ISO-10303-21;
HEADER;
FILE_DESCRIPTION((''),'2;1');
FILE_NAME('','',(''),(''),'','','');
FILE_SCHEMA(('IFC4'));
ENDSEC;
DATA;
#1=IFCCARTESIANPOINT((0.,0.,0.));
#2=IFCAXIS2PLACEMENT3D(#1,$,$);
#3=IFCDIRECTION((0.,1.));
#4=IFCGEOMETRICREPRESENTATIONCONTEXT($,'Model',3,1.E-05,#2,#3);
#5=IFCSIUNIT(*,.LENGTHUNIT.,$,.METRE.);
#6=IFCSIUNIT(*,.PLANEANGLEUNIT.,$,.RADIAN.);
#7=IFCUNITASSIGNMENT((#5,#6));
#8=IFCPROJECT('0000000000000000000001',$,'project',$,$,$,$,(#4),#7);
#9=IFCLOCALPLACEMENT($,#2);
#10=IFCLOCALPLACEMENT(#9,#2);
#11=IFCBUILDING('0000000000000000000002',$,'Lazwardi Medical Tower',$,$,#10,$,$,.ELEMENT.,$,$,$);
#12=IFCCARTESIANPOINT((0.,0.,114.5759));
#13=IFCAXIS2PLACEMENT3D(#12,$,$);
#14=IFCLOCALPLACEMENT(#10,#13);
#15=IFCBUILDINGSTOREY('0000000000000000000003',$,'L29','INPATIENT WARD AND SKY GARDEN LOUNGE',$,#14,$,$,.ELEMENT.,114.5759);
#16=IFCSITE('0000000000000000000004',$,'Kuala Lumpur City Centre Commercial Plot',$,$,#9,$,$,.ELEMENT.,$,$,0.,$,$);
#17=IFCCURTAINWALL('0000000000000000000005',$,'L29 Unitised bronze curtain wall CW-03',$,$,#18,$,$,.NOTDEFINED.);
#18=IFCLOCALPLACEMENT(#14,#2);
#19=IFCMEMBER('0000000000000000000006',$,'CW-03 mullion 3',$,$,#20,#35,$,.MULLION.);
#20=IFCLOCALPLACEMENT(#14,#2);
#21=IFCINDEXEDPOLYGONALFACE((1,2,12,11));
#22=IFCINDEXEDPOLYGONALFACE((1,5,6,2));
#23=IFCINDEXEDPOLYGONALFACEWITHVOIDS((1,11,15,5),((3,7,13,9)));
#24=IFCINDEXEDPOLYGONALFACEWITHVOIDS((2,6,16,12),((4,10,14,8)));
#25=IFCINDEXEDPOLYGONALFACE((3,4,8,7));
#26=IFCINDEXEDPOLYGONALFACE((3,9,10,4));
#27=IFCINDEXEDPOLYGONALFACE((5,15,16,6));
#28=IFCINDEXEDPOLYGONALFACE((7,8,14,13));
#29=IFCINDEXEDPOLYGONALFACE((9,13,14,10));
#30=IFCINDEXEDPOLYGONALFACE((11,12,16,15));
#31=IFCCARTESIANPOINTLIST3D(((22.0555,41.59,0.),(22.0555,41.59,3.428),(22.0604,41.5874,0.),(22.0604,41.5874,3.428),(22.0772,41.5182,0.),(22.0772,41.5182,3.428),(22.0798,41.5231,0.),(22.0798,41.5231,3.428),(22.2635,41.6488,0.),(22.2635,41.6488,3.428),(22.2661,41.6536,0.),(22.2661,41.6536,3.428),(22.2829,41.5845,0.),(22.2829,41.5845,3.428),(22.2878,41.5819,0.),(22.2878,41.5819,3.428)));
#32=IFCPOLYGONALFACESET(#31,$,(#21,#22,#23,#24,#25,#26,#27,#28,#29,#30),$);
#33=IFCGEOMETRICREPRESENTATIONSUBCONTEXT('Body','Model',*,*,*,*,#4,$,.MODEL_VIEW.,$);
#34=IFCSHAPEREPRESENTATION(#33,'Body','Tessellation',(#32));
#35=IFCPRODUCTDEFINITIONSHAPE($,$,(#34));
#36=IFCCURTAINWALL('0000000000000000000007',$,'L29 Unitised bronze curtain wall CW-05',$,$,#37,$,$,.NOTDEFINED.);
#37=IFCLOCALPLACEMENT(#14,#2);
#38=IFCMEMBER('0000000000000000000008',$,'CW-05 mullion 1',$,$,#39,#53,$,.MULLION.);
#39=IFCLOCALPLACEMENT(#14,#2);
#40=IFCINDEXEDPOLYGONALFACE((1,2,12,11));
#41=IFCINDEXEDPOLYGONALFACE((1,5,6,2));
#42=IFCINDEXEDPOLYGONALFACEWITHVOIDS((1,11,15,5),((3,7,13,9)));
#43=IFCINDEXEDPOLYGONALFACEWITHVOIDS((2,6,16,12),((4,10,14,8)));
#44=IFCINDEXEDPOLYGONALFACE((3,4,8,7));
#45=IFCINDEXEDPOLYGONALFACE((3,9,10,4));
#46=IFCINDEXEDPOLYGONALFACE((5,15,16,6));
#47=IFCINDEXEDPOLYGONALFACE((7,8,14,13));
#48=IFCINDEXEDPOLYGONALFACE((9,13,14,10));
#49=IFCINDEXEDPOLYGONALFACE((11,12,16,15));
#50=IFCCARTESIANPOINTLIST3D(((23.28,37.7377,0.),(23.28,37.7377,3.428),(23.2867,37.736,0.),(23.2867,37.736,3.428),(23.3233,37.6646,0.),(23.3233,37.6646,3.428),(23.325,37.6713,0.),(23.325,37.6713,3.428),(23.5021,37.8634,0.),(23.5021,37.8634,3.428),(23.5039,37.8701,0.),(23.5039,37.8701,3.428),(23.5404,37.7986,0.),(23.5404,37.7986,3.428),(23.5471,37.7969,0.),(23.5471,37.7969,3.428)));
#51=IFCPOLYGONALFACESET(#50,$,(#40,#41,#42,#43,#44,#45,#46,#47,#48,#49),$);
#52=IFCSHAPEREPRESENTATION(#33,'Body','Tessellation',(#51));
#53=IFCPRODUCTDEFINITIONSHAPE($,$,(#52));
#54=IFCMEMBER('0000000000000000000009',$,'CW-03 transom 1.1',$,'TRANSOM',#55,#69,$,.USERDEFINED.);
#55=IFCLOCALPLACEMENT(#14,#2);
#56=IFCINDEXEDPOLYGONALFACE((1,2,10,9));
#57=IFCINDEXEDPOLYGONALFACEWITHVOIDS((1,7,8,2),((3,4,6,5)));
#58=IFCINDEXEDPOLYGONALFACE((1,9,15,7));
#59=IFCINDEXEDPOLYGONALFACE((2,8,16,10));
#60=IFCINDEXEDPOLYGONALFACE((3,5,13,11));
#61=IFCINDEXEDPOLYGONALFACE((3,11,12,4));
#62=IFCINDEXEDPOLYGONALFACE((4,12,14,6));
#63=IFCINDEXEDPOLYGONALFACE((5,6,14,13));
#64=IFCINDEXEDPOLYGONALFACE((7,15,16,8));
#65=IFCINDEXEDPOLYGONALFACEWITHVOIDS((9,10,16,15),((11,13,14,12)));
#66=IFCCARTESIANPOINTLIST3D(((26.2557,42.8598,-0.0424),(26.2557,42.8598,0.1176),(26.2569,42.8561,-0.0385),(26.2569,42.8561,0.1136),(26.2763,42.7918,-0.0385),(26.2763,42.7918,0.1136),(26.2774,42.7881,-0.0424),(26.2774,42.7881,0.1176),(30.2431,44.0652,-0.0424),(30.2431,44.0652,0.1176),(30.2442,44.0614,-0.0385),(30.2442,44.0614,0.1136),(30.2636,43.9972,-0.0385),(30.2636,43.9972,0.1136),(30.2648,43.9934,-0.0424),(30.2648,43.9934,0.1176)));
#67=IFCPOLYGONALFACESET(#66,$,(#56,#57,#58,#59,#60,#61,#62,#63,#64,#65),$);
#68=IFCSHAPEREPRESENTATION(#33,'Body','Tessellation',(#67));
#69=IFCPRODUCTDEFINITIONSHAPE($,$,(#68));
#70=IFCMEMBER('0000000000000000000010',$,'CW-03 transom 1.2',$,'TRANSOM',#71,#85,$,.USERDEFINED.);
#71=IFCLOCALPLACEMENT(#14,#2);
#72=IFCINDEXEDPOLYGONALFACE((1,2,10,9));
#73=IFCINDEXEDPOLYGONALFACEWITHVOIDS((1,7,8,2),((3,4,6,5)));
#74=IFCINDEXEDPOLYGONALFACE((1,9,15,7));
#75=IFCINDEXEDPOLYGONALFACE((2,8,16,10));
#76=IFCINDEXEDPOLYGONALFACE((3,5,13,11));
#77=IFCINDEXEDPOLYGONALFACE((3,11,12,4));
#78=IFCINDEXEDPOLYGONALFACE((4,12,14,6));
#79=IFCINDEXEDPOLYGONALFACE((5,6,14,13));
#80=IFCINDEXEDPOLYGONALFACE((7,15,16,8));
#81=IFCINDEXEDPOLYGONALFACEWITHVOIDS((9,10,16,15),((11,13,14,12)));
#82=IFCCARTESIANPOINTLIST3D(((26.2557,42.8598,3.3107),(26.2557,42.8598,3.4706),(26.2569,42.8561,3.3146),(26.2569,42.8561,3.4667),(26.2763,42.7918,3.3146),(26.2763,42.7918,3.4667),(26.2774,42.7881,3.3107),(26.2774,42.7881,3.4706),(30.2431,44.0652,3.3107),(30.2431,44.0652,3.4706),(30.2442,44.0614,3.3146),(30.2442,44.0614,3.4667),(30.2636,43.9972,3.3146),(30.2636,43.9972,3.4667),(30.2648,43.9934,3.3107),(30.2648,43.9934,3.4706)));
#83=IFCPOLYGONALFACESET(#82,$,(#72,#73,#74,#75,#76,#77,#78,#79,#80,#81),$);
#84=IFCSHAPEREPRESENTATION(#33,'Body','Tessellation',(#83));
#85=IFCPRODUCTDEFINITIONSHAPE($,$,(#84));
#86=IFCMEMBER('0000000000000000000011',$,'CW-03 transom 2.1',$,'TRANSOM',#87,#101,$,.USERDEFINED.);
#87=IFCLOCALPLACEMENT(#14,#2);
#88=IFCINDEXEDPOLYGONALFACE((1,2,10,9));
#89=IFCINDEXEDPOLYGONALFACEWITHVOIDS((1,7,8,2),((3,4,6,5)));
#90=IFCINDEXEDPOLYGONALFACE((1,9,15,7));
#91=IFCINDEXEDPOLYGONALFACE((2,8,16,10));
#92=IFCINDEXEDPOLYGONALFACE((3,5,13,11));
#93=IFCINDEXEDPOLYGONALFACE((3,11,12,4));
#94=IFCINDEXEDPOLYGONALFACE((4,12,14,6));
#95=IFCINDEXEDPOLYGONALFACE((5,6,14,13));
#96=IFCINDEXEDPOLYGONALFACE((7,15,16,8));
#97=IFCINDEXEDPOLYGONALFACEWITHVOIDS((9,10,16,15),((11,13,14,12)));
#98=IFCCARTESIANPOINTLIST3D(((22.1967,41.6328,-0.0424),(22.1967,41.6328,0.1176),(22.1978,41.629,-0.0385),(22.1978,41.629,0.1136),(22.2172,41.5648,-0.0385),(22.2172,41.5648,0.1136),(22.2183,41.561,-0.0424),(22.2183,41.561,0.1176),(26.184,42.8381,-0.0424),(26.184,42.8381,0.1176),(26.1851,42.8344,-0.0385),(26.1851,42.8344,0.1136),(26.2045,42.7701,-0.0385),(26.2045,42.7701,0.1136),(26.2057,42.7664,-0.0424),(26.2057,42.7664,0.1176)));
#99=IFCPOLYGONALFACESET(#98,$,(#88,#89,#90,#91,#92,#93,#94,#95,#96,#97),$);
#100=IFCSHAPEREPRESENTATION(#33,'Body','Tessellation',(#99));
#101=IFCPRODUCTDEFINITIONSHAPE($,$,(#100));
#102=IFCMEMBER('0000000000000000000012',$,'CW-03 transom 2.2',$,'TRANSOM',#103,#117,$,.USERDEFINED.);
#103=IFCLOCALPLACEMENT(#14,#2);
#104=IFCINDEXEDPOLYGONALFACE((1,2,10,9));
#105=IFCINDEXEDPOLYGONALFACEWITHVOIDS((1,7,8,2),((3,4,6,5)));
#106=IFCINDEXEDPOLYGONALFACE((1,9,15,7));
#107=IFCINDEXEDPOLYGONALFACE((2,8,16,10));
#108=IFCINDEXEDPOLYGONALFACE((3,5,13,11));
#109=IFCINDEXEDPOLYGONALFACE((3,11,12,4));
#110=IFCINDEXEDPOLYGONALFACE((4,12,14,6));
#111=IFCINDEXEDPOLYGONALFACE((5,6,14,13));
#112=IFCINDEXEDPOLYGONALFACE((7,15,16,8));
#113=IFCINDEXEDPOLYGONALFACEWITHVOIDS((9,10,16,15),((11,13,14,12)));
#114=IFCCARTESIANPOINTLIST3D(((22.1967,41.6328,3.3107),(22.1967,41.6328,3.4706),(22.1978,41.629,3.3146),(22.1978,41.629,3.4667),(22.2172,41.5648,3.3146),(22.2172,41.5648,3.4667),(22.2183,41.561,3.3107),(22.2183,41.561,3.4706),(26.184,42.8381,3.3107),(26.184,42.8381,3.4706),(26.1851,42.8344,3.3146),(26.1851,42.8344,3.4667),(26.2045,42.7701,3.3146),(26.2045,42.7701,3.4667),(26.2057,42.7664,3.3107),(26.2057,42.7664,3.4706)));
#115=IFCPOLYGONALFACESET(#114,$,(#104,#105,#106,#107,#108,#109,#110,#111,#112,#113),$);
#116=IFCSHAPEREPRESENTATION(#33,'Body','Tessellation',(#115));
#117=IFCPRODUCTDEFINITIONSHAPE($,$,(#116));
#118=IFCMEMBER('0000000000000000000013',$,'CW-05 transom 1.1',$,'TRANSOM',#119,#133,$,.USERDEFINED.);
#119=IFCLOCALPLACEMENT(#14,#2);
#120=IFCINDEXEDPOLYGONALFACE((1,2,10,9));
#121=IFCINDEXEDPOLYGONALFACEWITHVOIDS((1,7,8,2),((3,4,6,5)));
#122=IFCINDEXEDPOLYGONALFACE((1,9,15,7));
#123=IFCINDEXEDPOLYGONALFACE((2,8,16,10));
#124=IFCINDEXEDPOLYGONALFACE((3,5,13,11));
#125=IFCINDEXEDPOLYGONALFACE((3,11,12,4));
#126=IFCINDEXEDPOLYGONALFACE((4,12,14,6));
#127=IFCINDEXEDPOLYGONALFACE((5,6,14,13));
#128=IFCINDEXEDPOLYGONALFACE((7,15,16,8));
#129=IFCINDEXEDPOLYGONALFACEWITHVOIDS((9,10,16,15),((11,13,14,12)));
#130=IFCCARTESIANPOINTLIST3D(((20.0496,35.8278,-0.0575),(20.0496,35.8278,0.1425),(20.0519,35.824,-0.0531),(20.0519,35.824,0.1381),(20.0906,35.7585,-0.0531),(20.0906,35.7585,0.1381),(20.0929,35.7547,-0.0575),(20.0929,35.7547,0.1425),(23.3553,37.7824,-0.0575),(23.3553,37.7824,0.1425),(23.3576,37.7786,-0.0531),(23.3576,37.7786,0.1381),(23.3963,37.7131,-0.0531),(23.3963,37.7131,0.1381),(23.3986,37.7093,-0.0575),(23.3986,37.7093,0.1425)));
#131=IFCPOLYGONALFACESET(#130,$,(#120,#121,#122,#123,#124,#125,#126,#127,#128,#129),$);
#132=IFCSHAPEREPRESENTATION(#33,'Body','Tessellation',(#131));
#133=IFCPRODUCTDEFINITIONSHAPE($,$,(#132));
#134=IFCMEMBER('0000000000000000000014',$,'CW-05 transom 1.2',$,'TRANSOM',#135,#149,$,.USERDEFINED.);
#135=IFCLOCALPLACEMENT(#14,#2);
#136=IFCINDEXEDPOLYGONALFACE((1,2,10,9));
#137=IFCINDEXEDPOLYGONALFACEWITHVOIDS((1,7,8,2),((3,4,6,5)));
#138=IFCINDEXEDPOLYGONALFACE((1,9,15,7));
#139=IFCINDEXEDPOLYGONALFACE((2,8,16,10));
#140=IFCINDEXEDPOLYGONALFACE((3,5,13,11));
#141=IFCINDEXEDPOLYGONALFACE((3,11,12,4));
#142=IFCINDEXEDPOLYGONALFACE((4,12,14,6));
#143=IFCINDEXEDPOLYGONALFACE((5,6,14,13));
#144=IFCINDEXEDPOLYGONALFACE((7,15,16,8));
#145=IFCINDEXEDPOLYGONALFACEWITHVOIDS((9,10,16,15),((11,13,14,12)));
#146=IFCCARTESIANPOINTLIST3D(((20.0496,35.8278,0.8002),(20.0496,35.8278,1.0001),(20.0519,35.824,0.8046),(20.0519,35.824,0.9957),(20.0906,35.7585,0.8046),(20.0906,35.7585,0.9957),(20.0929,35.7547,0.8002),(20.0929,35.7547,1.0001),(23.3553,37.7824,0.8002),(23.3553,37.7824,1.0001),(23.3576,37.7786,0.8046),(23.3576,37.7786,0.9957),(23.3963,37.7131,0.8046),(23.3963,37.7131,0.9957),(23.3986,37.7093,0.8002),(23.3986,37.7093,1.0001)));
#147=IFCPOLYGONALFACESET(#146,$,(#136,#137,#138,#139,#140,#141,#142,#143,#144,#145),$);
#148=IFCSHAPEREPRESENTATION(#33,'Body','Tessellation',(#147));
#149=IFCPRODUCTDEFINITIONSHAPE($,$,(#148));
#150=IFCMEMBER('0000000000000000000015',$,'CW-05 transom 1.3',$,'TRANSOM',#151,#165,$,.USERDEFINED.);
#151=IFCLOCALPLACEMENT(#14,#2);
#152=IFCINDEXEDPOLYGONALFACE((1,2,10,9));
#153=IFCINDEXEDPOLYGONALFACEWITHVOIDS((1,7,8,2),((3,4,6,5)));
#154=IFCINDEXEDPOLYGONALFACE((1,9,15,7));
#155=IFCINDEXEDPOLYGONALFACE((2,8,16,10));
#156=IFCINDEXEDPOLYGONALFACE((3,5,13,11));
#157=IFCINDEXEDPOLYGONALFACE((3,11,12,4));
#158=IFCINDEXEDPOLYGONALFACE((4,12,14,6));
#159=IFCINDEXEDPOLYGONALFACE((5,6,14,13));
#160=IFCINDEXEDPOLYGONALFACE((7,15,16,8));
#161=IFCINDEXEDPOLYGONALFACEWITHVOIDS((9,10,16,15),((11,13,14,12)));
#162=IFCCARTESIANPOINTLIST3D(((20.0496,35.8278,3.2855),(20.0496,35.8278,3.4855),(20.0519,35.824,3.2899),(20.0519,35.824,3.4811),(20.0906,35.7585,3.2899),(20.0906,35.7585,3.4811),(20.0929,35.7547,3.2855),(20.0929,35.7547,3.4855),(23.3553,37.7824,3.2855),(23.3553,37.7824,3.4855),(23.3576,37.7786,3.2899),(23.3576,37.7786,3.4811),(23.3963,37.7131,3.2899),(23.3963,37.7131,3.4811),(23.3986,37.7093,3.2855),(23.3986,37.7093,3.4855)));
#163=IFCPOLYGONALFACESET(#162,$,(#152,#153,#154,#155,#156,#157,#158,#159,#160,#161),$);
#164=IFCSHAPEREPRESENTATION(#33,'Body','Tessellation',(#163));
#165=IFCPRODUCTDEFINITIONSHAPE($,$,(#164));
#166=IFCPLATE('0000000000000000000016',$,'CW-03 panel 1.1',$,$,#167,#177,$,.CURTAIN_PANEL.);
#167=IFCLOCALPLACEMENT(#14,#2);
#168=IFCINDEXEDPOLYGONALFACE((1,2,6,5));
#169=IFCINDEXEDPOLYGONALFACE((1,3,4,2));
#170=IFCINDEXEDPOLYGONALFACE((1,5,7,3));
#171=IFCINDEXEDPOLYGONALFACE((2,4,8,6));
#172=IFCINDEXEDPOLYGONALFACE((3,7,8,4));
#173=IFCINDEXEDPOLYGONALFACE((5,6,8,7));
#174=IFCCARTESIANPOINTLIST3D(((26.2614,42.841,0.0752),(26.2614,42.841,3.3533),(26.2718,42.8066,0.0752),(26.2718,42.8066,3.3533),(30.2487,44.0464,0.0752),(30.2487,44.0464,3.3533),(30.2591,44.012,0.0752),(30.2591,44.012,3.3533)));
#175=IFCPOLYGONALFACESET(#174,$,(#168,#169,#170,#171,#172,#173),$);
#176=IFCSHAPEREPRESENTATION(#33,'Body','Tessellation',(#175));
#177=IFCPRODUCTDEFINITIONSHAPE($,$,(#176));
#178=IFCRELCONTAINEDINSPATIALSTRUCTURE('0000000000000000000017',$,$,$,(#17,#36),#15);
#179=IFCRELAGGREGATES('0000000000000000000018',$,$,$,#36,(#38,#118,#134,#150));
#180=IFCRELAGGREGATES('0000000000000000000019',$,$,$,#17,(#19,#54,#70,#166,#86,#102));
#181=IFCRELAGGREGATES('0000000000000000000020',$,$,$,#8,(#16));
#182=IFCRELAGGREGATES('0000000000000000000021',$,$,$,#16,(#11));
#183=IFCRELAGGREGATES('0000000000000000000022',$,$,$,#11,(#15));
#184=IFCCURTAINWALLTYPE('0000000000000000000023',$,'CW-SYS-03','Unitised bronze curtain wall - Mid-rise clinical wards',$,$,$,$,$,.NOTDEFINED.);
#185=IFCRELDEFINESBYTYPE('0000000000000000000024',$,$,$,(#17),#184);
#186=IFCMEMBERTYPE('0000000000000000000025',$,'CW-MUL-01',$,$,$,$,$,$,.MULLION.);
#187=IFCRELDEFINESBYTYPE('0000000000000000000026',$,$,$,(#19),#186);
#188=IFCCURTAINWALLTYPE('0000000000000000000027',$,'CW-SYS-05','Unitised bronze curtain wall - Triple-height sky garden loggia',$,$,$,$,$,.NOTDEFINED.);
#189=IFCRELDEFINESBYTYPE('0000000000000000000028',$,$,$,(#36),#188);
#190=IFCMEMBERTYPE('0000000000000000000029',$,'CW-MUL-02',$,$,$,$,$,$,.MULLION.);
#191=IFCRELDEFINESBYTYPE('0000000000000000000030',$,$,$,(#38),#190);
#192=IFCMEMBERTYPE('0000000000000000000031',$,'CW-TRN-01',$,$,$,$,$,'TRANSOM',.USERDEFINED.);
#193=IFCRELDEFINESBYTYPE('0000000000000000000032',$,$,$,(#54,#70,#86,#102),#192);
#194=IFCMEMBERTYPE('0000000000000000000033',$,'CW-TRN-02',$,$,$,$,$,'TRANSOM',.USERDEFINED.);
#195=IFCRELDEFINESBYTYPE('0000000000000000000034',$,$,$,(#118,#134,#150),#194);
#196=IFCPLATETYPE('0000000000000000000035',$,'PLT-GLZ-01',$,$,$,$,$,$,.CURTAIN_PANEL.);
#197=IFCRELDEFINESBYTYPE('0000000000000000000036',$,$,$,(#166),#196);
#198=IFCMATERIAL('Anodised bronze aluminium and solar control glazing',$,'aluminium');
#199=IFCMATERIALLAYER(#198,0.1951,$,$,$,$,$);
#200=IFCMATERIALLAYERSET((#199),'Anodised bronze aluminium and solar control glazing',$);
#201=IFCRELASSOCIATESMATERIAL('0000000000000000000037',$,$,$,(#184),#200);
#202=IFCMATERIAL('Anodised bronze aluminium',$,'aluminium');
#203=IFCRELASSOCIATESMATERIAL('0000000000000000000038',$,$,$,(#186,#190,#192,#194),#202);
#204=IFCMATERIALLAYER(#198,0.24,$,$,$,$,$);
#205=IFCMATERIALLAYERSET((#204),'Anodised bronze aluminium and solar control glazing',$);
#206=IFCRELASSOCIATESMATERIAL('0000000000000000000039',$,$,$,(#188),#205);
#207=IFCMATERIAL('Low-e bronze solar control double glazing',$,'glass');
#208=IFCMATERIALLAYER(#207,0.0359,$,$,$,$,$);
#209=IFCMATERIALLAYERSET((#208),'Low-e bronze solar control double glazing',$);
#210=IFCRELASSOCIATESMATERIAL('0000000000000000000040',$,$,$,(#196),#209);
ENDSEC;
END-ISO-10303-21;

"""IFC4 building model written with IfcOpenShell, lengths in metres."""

from ifc_helpers import new_model, si_unit, direction, frame, origin, origin_2d, place, context, subcontext, project, spatial, rectangle, hollow_rectangle, extrude, material, layer, layer_set, material_profile, profile_set, type_object, element, aggregate, save


model = new_model("IFC4")

# Units and contexts
model_context = context("Model", 3, precision=1e-05, world=origin(), true_north=direction((0.0, 1.0)))
body_context = subcontext(model_context, "Body", "Model", "MODEL_VIEW")
ifc_project = project(units=[si_unit("LENGTHUNIT", "METRE"), si_unit("PLANEANGLEUNIT", "RADIAN")], contexts=[model_context])

# Site, building, storey
site_placement = place(None, origin())
site = spatial("IfcSite", under=ifc_project, at=site_placement, Name="Kuala Lumpur City Centre Commercial Plot", CompositionType="ELEMENT", RefElevation=0.0)
building_placement = place(site_placement, origin())
building = spatial("IfcBuilding", under=site, at=building_placement, Name="Lazwardi Medical Tower", CompositionType="ELEMENT")
storey_placement = place(building_placement, frame((0.0, 0.0, 114.5759)))
storey = spatial("IfcBuildingStorey", under=building, at=storey_placement, Name="L29", Description="INPATIENT WARD AND SKY GARDEN LOUNGE", CompositionType="ELEMENT", Elevation=114.5759)

# Curtain wall, member
ifc_material_1 = material(Name="Anodised bronze aluminium and solar control glazing", Category="aluminium")
ifc_layer_1 = layer(ifc_material_1, 0.1951)
ifc_layer_set_1 = layer_set([ifc_layer_1], Name="Anodised bronze aluminium and solar control glazing")
curtain_wall_type_1 = type_object("IfcCurtainWallType", Name="CW-SYS-03", Description="Unitised bronze curtain wall - Mid-rise clinical wards", PredefinedType="NOTDEFINED", material=ifc_layer_set_1)
curtain_wall_1_placement = place(storey_placement, origin())
curtain_wall_1 = element("IfcCurtainWall", 1, at=curtain_wall_1_placement, inside=storey, type_object=curtain_wall_type_1, Name="L29 Unitised bronze curtain wall CW-03", PredefinedType="NOTDEFINED")
ifc_material_2 = material(Name="Anodised bronze aluminium", Category="aluminium")
ifc_material_profile_1 = material_profile(ifc_material_2, hollow_rectangle(XDim=0.075, YDim=0.22, WallThickness=0.0039, at=origin_2d()), Name="ALU-MULLION 220x75x4")
ifc_profile_set_1 = profile_set([ifc_material_profile_1], Name="Anodised bronze aluminium")
member_type_1 = type_object("IfcMemberType", Name="CW-MUL-01", PredefinedType="MULLION", material=ifc_profile_set_1)
member_1_placement = place(storey_placement, frame((22.1716, 41.5859, 0.0), z_axis=(0.0, 0.0, 1.0), x_axis=(0.289374, -0.957216, 0.0)))
member_1 = element("IfcMember", 2, at=member_1_placement, type_object=member_type_1, Name="CW-03 mullion 3", PredefinedType="MULLION", context=body_context, shape_type="SweptSolid", body=[
    extrude(hollow_rectangle(XDim=0.075, YDim=0.22, WallThickness=0.0039, at=origin_2d()), origin(), (0.0, 0.0, 1.0), 3.428),
])

# Curtain wall, member
ifc_layer_2 = layer(ifc_material_1, 0.24)
ifc_layer_set_2 = layer_set([ifc_layer_2], Name="Anodised bronze aluminium and solar control glazing")
curtain_wall_type_2 = type_object("IfcCurtainWallType", Name="CW-SYS-05", Description="Unitised bronze curtain wall - Triple-height sky garden loggia", PredefinedType="NOTDEFINED", material=ifc_layer_set_2)
curtain_wall_2_placement = place(storey_placement, origin())
curtain_wall_2 = element("IfcCurtainWall", 3, at=curtain_wall_2_placement, inside=storey, type_object=curtain_wall_type_2, Name="L29 Unitised bronze curtain wall CW-05", PredefinedType="NOTDEFINED")
ifc_material_profile_2 = material_profile(ifc_material_2, hollow_rectangle(XDim=0.085, YDim=0.26, WallThickness=0.0049, at=origin_2d()), Name="ALU-MULLION 260x85x5")
ifc_profile_set_2 = profile_set([ifc_material_profile_2], Name="Anodised bronze aluminium")
member_type_2 = type_object("IfcMemberType", Name="CW-MUL-02", PredefinedType="MULLION", material=ifc_profile_set_2)
member_2_placement = place(storey_placement, frame((23.4136, 37.7673, 0.0), z_axis=(0.0, 0.0, 1.0), x_axis=(0.508918, -0.860815, 0.0)))
member_2 = element("IfcMember", 4, at=member_2_placement, type_object=member_type_2, Name="CW-05 mullion 1", PredefinedType="MULLION", context=body_context, shape_type="SweptSolid", body=[
    extrude(hollow_rectangle(XDim=0.085, YDim=0.26, WallThickness=0.0049, at=origin_2d()), origin(), (0.0, 0.0, 1.0), 3.428),
])

# Members
ifc_material_profile_3 = material_profile(ifc_material_2, hollow_rectangle(XDim=0.075, YDim=0.1599, WallThickness=0.0039, at=origin_2d()), Name="ALU-TRANSOM 160x75x4")
ifc_profile_set_3 = profile_set([ifc_material_profile_3], Name="Anodised bronze aluminium")
member_type_3 = type_object("IfcMemberType", Name="CW-TRN-01", ElementType="TRANSOM", PredefinedType="USERDEFINED", material=ifc_profile_set_3)
member_3_placement = place(storey_placement, frame((30.2539, 44.0293, 0.0376), z_axis=(-0.957221, -0.289358, 0.0), x_axis=(0.289358, -0.957221, 0.0)))
member_3 = element("IfcMember", 5, at=member_3_placement, type_object=member_type_3, Name="CW-03 transom 1.1", ObjectType="TRANSOM", PredefinedType="USERDEFINED", context=body_context, shape_type="SweptSolid", body=[
    extrude(hollow_rectangle(XDim=0.075, YDim=0.1599, WallThickness=0.0039, at=origin_2d()), origin(), (0.0, 0.0, 1.0), 4.1655),
])
member_4_placement = place(storey_placement, frame((30.2539, 44.0293, 3.3906), z_axis=(-0.957221, -0.289358, 0.0), x_axis=(0.289358, -0.957221, 0.0)))
member_4 = element("IfcMember", 6, at=member_4_placement, type_object=member_type_3, Name="CW-03 transom 1.2", ObjectType="TRANSOM", PredefinedType="USERDEFINED", context=body_context, shape_type="SweptSolid", body=[
    extrude(hollow_rectangle(XDim=0.075, YDim=0.1599, WallThickness=0.0039, at=origin_2d()), origin(), (0.0, 0.0, 1.0), 4.1655),
])
member_5_placement = place(storey_placement, frame((26.1948, 42.8022, 0.0376), z_axis=(-0.957221, -0.289358, 0.0), x_axis=(0.289358, -0.957221, 0.0)))
member_5 = element("IfcMember", 7, at=member_5_placement, type_object=member_type_3, Name="CW-03 transom 2.1", ObjectType="TRANSOM", PredefinedType="USERDEFINED", context=body_context, shape_type="SweptSolid", body=[
    extrude(hollow_rectangle(XDim=0.075, YDim=0.1599, WallThickness=0.0039, at=origin_2d()), origin(), (0.0, 0.0, 1.0), 4.1655),
])
member_6_placement = place(storey_placement, frame((26.1948, 42.8022, 3.3906), z_axis=(-0.957221, -0.289358, 0.0), x_axis=(0.289358, -0.957221, 0.0)))
member_6 = element("IfcMember", 8, at=member_6_placement, type_object=member_type_3, Name="CW-03 transom 2.2", ObjectType="TRANSOM", PredefinedType="USERDEFINED", context=body_context, shape_type="SweptSolid", body=[
    extrude(hollow_rectangle(XDim=0.075, YDim=0.1599, WallThickness=0.0039, at=origin_2d()), origin(), (0.0, 0.0, 1.0), 4.1655),
])
ifc_material_profile_4 = material_profile(ifc_material_2, hollow_rectangle(XDim=0.085, YDim=0.2, WallThickness=0.0044, at=origin_2d()), Name="ALU-TRANSOM 200x85x4.5")
ifc_profile_set_4 = profile_set([ifc_material_profile_4], Name="Anodised bronze aluminium")
member_type_4 = type_object("IfcMemberType", Name="CW-TRN-02", ElementType="TRANSOM", PredefinedType="USERDEFINED", material=ifc_profile_set_4)
member_7_placement = place(storey_placement, frame((23.377, 37.7458, 0.0425), z_axis=(-0.860785, -0.508969, 0.0), x_axis=(0.508969, -0.860785, 0.0)))
member_7 = element("IfcMember", 9, at=member_7_placement, type_object=member_type_4, Name="CW-05 transom 1.1", ObjectType="TRANSOM", PredefinedType="USERDEFINED", context=body_context, shape_type="SweptSolid", body=[
    extrude(hollow_rectangle(XDim=0.085, YDim=0.2, WallThickness=0.0044, at=origin_2d()), origin(), (0.0, 0.0, 1.0), 3.8403),
])
member_8_placement = place(storey_placement, frame((23.377, 37.7458, 0.9001), z_axis=(-0.860785, -0.508969, 0.0), x_axis=(0.508969, -0.860785, 0.0)))
member_8 = element("IfcMember", 10, at=member_8_placement, type_object=member_type_4, Name="CW-05 transom 1.2", ObjectType="TRANSOM", PredefinedType="USERDEFINED", context=body_context, shape_type="SweptSolid", body=[
    extrude(hollow_rectangle(XDim=0.085, YDim=0.2, WallThickness=0.0044, at=origin_2d()), origin(), (0.0, 0.0, 1.0), 3.8403),
])
member_9_placement = place(storey_placement, frame((23.377, 37.7458, 3.3855), z_axis=(-0.860785, -0.508969, 0.0), x_axis=(0.508969, -0.860785, 0.0)))
member_9 = element("IfcMember", 11, at=member_9_placement, type_object=member_type_4, Name="CW-05 transom 1.3", ObjectType="TRANSOM", PredefinedType="USERDEFINED", context=body_context, shape_type="SweptSolid", body=[
    extrude(hollow_rectangle(XDim=0.085, YDim=0.2, WallThickness=0.0044, at=origin_2d()), origin(), (0.0, 0.0, 1.0), 3.8403),
])
aggregate(curtain_wall_2, [member_2, member_7, member_8, member_9])

# Plate
ifc_material_3 = material(Name="Low-e bronze solar control double glazing", Category="glass")
ifc_layer_3 = layer(ifc_material_3, 0.0359)
ifc_layer_set_3 = layer_set([ifc_layer_3], Name="Low-e bronze solar control double glazing")
plate_type = type_object("IfcPlateType", Name="PLT-GLZ-01", PredefinedType="CURTAIN_PANEL", material=ifc_layer_set_3)
plate_1_placement = place(storey_placement, frame((28.2603, 43.4265, 0.0752), z_axis=(0.0, 0.0, 1.0), x_axis=(-0.957216, -0.289374, 0.0)))
plate_1 = element("IfcPlate", 12, at=plate_1_placement, type_object=plate_type, Name="CW-03 panel 1.1", PredefinedType="CURTAIN_PANEL", context=body_context, shape_type="SweptSolid", body=[
    extrude(rectangle(XDim=4.1655, YDim=0.0359, at=origin_2d()), origin(), (0.0, 0.0, 1.0), 3.2781),
])
aggregate(curtain_wall_1, [member_1, member_3, member_4, plate_1, member_5, member_6])

save(model, "model.ifc")
